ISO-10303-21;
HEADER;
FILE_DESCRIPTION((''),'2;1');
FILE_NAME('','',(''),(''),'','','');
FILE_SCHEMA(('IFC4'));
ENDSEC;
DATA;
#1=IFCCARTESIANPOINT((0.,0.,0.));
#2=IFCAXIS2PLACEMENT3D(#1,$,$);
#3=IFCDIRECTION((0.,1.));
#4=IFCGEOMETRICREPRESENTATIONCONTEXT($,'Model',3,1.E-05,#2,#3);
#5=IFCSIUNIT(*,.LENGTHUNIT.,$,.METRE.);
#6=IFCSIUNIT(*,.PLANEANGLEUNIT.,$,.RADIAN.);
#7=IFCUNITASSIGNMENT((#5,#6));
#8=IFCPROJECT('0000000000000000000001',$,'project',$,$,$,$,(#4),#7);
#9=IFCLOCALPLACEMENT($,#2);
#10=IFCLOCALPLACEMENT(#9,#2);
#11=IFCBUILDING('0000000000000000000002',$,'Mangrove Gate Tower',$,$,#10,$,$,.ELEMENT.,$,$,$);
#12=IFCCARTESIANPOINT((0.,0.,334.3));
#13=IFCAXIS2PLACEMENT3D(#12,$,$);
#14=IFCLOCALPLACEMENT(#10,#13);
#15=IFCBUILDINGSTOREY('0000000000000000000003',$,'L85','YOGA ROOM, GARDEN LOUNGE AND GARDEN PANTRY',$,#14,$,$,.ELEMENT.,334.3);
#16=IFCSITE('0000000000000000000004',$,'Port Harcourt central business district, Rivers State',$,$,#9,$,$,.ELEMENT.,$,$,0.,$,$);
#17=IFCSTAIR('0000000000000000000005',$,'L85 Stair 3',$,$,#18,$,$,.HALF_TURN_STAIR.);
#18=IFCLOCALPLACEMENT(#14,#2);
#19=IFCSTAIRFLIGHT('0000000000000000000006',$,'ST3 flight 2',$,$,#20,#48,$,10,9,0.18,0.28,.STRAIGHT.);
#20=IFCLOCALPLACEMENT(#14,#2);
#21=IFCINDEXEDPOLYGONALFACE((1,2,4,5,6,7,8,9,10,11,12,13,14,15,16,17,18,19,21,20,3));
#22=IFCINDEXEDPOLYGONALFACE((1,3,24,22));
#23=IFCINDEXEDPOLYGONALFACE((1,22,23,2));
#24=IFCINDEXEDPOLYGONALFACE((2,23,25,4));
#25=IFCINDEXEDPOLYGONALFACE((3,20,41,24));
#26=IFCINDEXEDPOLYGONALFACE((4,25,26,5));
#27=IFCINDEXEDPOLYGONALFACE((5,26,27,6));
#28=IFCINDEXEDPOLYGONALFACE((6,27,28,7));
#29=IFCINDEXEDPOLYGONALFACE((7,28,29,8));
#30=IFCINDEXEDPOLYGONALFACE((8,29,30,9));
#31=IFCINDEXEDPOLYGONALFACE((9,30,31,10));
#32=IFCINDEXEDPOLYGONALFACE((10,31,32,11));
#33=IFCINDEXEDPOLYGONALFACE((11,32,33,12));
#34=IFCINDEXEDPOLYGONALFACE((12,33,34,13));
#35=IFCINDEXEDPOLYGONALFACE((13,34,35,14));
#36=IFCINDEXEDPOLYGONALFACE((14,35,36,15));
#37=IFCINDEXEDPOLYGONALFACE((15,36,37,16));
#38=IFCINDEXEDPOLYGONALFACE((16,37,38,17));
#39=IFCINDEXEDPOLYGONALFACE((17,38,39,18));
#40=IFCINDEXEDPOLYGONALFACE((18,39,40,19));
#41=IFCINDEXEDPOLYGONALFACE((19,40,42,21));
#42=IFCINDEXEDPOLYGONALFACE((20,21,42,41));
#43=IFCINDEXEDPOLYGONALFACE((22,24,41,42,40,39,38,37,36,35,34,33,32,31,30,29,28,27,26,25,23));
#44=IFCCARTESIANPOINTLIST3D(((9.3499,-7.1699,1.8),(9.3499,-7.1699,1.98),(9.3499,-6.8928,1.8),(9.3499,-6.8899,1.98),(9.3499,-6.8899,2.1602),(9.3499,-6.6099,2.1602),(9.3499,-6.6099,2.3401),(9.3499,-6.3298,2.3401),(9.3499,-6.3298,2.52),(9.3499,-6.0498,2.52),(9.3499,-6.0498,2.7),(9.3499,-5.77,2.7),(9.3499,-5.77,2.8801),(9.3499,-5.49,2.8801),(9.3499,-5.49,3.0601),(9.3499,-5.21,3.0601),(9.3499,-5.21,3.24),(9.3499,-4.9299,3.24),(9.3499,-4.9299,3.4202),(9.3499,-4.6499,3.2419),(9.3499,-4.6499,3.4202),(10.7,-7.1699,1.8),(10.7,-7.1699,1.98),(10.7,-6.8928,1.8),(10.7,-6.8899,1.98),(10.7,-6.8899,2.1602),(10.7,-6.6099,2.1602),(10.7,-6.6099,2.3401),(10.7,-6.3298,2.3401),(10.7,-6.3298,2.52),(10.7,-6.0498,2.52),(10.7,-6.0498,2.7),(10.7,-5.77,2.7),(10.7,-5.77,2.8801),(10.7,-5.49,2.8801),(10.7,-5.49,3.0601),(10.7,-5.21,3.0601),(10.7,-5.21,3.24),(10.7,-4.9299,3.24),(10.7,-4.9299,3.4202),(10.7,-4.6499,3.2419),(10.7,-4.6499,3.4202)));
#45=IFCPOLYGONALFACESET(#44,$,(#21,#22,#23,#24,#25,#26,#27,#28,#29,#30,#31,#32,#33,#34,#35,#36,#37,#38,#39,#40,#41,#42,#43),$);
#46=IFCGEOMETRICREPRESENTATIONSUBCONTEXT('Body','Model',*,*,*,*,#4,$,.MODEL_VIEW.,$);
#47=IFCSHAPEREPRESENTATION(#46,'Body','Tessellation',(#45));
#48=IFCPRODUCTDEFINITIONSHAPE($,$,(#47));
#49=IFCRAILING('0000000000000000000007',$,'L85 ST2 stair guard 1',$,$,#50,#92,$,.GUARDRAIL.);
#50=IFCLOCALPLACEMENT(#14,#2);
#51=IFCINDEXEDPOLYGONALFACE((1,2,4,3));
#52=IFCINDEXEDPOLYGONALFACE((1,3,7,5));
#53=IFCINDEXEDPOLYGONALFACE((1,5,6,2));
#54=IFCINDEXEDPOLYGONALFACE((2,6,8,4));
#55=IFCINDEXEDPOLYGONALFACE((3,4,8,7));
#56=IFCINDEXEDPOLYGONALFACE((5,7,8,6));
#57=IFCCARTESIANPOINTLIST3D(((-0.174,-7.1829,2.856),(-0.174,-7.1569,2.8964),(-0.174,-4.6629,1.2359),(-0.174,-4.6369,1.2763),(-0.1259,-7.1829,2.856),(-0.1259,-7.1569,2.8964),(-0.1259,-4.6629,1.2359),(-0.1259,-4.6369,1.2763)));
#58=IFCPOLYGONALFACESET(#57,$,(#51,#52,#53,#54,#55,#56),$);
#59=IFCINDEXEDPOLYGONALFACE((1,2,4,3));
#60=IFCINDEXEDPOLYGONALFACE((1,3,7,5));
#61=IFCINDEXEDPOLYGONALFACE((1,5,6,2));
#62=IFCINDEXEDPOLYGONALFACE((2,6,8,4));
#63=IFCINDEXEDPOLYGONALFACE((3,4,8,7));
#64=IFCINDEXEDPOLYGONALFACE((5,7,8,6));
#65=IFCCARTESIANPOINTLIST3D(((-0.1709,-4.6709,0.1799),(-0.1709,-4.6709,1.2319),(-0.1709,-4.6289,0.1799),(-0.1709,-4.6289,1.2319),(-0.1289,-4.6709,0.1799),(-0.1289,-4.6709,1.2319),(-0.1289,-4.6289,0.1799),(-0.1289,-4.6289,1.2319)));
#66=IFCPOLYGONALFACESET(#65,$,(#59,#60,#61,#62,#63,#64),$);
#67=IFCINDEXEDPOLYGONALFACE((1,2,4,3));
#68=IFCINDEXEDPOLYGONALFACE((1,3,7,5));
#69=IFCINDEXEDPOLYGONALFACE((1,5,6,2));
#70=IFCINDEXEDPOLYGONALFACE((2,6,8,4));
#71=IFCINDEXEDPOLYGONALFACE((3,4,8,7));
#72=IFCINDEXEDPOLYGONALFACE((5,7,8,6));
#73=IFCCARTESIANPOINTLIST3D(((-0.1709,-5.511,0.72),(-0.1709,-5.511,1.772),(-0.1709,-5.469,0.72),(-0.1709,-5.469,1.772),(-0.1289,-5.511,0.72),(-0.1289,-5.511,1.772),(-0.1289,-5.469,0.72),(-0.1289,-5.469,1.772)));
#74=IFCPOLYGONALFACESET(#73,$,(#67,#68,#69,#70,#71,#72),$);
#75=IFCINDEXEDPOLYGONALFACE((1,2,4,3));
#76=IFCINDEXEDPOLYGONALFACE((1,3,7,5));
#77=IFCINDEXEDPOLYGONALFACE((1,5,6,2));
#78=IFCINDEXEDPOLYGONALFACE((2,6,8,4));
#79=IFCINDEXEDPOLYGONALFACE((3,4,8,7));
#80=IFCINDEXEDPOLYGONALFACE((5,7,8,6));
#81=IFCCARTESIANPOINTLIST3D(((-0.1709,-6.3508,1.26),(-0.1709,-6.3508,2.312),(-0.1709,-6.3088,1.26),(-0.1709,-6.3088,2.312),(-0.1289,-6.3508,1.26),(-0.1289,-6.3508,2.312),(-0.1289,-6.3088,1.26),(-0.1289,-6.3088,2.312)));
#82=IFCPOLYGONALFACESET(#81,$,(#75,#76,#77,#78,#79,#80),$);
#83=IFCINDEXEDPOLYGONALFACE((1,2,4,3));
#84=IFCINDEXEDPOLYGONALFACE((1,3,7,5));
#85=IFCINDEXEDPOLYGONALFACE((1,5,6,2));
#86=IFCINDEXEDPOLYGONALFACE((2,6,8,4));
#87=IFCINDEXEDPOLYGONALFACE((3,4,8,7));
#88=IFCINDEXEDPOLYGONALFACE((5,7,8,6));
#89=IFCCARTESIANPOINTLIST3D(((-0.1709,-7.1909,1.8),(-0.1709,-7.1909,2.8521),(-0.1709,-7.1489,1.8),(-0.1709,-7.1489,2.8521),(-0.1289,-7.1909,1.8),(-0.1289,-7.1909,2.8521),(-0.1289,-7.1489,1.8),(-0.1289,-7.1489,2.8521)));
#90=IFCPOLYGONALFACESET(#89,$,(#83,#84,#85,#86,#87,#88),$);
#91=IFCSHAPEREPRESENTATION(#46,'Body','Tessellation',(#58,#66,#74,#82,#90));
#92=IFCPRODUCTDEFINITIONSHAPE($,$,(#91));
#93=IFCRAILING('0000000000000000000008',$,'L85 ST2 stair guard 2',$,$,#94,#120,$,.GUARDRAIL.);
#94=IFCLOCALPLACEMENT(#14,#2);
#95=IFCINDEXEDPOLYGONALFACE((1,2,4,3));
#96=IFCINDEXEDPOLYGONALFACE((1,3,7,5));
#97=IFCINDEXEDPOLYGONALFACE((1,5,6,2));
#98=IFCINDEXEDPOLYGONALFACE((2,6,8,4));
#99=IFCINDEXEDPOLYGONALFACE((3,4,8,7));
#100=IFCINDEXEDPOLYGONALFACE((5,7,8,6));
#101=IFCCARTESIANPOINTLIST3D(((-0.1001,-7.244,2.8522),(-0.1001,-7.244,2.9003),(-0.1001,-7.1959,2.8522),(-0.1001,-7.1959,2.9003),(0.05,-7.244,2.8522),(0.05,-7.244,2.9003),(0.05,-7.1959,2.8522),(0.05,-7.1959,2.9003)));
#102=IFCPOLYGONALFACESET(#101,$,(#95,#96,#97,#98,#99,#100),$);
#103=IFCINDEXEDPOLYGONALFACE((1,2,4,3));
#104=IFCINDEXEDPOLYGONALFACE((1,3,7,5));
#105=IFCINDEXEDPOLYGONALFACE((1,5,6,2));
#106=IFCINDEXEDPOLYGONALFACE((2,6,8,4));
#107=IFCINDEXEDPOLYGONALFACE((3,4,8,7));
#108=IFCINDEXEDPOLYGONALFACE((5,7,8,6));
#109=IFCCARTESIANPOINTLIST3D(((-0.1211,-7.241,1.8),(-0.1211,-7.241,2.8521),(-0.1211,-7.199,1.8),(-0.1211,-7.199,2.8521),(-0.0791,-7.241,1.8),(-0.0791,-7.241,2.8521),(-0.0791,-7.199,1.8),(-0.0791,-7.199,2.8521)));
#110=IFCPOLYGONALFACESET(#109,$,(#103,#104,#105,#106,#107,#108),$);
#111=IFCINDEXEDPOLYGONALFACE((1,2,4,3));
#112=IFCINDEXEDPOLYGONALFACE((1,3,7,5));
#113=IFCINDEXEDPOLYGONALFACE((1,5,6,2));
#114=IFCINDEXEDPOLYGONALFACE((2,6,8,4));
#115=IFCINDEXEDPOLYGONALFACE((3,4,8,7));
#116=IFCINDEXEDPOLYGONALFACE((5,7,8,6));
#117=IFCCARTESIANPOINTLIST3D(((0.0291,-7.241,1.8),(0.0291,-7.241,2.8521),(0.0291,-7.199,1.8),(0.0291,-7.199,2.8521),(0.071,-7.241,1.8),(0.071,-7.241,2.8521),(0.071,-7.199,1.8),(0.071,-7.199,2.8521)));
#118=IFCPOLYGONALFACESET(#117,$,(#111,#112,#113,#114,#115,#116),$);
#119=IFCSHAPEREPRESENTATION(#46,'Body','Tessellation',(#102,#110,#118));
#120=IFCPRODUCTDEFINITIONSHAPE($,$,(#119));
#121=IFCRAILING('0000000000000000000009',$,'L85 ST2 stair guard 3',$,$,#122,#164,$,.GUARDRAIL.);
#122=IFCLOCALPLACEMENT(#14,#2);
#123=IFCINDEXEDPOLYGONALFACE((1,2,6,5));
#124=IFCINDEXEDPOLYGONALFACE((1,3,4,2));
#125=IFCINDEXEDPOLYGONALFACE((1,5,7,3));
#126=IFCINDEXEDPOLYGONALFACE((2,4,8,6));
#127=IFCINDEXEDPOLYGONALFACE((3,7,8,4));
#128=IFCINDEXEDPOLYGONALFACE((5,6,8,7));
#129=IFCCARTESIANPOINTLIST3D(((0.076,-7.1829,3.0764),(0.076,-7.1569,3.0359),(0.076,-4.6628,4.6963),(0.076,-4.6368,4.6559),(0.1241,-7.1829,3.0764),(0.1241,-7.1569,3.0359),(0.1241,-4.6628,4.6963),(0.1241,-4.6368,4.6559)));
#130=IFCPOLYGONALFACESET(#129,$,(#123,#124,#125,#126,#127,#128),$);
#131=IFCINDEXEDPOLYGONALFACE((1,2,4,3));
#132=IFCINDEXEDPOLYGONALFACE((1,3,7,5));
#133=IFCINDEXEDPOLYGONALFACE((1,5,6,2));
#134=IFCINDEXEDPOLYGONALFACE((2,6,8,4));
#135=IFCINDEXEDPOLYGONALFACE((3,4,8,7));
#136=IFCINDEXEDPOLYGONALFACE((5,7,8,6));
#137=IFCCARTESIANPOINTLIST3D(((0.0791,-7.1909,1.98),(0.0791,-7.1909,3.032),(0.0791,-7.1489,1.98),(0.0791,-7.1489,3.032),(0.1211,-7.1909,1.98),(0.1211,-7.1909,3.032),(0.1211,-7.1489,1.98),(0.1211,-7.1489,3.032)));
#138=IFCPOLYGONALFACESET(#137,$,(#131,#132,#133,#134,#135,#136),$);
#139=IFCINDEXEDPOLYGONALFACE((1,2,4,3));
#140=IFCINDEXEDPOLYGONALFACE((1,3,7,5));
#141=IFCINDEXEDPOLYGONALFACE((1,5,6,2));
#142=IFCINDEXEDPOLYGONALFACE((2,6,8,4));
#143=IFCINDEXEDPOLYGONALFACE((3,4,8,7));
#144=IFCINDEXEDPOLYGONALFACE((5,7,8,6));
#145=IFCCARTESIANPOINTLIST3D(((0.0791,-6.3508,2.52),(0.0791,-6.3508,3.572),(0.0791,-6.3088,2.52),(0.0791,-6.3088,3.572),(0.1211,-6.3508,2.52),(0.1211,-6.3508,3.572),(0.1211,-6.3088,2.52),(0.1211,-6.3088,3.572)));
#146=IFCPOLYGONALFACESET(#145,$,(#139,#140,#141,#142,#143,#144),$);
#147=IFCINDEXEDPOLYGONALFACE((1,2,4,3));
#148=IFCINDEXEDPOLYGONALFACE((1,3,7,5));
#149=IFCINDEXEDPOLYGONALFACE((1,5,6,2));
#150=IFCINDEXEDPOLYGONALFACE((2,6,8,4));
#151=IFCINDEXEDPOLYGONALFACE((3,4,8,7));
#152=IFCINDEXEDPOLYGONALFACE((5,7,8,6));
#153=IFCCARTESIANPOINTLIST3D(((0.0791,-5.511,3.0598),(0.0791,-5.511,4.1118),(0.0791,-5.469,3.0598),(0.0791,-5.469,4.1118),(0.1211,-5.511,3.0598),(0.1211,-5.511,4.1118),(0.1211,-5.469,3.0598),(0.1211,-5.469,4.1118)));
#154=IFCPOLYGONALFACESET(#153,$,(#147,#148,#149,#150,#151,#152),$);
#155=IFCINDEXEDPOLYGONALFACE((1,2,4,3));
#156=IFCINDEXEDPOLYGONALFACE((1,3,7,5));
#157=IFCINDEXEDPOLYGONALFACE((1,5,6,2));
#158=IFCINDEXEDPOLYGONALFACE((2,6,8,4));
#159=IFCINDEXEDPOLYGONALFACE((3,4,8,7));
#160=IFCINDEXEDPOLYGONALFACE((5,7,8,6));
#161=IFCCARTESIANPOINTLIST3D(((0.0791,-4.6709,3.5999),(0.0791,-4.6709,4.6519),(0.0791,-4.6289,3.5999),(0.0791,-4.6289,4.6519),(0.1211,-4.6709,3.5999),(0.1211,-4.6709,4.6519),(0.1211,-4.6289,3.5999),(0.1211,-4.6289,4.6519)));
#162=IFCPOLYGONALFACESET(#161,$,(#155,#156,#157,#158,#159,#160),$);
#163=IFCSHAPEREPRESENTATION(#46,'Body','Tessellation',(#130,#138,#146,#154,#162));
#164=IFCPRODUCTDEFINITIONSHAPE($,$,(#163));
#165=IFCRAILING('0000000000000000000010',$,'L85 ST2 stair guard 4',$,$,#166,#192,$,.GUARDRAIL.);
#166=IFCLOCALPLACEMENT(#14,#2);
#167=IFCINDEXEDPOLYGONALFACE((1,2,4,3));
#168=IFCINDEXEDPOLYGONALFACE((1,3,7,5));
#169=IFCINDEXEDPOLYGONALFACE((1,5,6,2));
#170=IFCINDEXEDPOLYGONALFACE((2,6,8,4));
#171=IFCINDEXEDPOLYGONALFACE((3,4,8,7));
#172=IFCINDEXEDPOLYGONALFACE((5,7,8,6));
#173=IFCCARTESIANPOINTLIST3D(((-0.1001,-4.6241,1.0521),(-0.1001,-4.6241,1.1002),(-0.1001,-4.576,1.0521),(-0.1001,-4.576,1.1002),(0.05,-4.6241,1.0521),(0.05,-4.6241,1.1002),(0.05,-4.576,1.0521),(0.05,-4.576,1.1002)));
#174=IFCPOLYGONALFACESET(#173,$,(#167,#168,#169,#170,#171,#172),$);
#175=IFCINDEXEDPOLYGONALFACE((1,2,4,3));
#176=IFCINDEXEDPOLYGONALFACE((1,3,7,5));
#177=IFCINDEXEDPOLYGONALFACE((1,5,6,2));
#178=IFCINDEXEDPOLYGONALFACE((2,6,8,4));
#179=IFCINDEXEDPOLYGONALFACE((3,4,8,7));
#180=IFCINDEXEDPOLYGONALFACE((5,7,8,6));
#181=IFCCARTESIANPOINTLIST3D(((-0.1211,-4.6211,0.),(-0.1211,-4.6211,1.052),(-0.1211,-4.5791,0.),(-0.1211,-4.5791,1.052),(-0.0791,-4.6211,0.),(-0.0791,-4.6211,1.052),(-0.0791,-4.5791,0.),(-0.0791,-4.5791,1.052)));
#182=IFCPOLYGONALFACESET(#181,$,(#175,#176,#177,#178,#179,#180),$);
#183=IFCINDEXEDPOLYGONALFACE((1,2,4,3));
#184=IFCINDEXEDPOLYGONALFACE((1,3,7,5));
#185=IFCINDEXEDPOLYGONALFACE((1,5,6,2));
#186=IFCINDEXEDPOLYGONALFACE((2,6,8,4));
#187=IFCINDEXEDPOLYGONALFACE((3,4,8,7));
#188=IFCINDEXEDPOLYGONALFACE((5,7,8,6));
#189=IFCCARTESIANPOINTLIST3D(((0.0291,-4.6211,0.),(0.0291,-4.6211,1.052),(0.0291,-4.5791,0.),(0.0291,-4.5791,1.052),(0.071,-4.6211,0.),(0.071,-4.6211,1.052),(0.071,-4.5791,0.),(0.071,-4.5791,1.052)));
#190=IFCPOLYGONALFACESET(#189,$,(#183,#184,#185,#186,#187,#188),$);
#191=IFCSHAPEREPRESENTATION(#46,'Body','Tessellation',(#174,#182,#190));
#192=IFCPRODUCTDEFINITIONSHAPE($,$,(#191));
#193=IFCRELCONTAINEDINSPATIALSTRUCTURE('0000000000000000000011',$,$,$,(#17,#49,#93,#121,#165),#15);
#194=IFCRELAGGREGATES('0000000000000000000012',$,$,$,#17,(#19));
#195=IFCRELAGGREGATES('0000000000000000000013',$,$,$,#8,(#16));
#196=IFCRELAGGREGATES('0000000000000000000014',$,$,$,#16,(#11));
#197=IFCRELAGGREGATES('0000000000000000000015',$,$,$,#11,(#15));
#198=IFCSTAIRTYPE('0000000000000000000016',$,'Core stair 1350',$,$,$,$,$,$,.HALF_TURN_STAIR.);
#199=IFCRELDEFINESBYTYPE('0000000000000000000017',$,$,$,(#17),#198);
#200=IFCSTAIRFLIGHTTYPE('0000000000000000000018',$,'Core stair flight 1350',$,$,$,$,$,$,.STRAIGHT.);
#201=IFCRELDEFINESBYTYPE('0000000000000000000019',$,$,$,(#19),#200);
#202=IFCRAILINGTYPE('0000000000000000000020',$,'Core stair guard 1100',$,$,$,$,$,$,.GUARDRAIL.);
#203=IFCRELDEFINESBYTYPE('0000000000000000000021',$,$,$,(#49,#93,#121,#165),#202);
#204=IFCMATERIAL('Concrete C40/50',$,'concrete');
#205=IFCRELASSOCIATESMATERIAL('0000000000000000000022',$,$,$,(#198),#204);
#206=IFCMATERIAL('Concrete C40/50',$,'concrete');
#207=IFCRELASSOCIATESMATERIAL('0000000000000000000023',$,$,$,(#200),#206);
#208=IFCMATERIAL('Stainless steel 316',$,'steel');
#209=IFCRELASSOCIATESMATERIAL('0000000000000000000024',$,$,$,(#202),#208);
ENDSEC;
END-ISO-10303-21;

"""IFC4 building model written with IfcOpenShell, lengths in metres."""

from ifc_helpers import new_model, si_unit, direction, frame, origin, origin_2d, place, context, subcontext, project, spatial, polyline, rectangle, outline, extrude, material, type_object, element, aggregate, save


model = new_model("IFC4")

# Units and contexts
model_context = context("Model", 3, precision=1e-05, world=origin(), true_north=direction((0.0, 1.0)))
body_context = subcontext(model_context, "Body", "Model", "MODEL_VIEW")
ifc_project = project(units=[si_unit("LENGTHUNIT", "METRE"), si_unit("PLANEANGLEUNIT", "RADIAN")], contexts=[model_context])

# Site, building, storey
site_placement = place(None, origin())
site = spatial("IfcSite", under=ifc_project, at=site_placement, Name="Port Harcourt central business district, Rivers State", CompositionType="ELEMENT", RefElevation=0.0)
building_placement = place(site_placement, origin())
building = spatial("IfcBuilding", under=site, at=building_placement, Name="Mangrove Gate Tower", CompositionType="ELEMENT")
storey_placement = place(building_placement, frame((0.0, 0.0, 334.3)))
storey = spatial("IfcBuildingStorey", under=building, at=storey_placement, Name="L85", Description="YOGA ROOM, GARDEN LOUNGE AND GARDEN PANTRY", CompositionType="ELEMENT", Elevation=334.3)

# Stair, stair flight
ifc_material_1 = material(Name="Concrete C40/50", Category="concrete")
stair_type = type_object("IfcStairType", Name="Core stair 1350", PredefinedType="HALF_TURN_STAIR", material=ifc_material_1)
ifc_material_2 = material(Name="Concrete C40/50", Category="concrete")
stair_flight_type = type_object("IfcStairFlightType", Name="Core stair flight 1350", PredefinedType="STRAIGHT", material=ifc_material_2)
stair_1_placement = place(storey_placement, origin())
stair_1 = element("IfcStair", 1, at=stair_1_placement, inside=storey, type_object=stair_type, Name="L85 Stair 3", PredefinedType="HALF_TURN_STAIR")
stair_flight_1_placement = place(storey_placement, frame((10.0249, -7.1699, 1.8), z_axis=(0.0, 0.0, 1.0), x_axis=(0.0, 1.0, 0.0)))
stair_flight_1 = element("IfcStairFlight", 2, at=stair_flight_1_placement, type_object=stair_flight_type, Name="ST3 flight 2", NumberOfRisers=10, NumberOfTreads=9, PredefinedType="STRAIGHT", RiserHeight=0.18, TreadLength=0.28, context=body_context, shape_type="SweptSolid", body=[
    extrude(outline(polyline([(0.0, 0.0), (0.0, 0.1799), (0.28, 0.1799), (0.28, 0.3601), (0.5601, 0.3601), (0.5601, 0.54), (0.8401, 0.54), (0.8401, 0.72), (1.1201, 0.72), (1.1201, 0.8999), (1.3999, 0.8999), (1.3999, 1.0801), (1.6799, 1.0801), (1.6799, 1.26), (1.96, 1.26), (1.96, 1.4399), (2.24, 1.4399), (2.24, 1.6201), (2.52, 1.6201), (2.52, 1.8), (2.52, 1.4419), (0.2771, 0.0), (0.0, 0.0)])), frame((0.0, 0.675, 0.0), z_axis=(0.0, -1.0, 0.0), x_axis=(1.0, 0.0, 0.0)), (0.0, 0.0, 1.0), 1.3501),
])
aggregate(stair_1, [stair_flight_1])

# Railings
ifc_material_3 = material(Name="Stainless steel 316", Category="steel")
railing_type_1 = type_object("IfcRailingType", Name="Core stair guard 1100", PredefinedType="GUARDRAIL", material=ifc_material_3)
railing_1_placement = place(storey_placement, frame((-0.1499, -4.6499, 0.1799)))
element("IfcRailing", 3, at=railing_1_placement, inside=storey, type_object=railing_type_1, Name="L85 ST2 stair guard 1", PredefinedType="GUARDRAIL", context=body_context, shape_type="SweptSolid", body=[
    extrude(rectangle(XDim=0.0481, YDim=0.0481, at=origin_2d()), frame((0.0, 0.0, 1.0762), z_axis=(0.0, -0.841163, 0.540782), x_axis=(1.0, 0.0, 0.0)), (0.0, 0.0, 1.0), 2.9958),
    extrude(rectangle(XDim=0.042, YDim=0.042, at=origin_2d()), origin(), (0.0, 0.0, 1.0), 1.052),
    extrude(rectangle(XDim=0.042, YDim=0.042, at=origin_2d()), frame((0.0, -0.8401, 0.54)), (0.0, 0.0, 1.0), 1.052),
    extrude(rectangle(XDim=0.042, YDim=0.042, at=origin_2d()), frame((0.0, -1.6799, 1.0801)), (0.0, 0.0, 1.0), 1.052),
    extrude(rectangle(XDim=0.042, YDim=0.042, at=origin_2d()), frame((0.0, -2.52, 1.6201)), (0.0, 0.0, 1.0), 1.052),
])
railing_2_placement = place(storey_placement, frame((-0.1001, -7.22, 1.8)))
element("IfcRailing", 4, at=railing_2_placement, inside=storey, type_object=railing_type_1, Name="L85 ST2 stair guard 2", PredefinedType="GUARDRAIL", context=body_context, shape_type="SweptSolid", body=[
    extrude(rectangle(XDim=0.0481, YDim=0.0481, at=origin_2d()), frame((0.0, 0.0, 1.0762), z_axis=(1.0, 0.0, 0.0), x_axis=(0.0, 1.0, 0.0)), (0.0, 0.0, 1.0), 0.1501),
    extrude(rectangle(XDim=0.042, YDim=0.042, at=origin_2d()), origin(), (0.0, 0.0, 1.0), 1.052),
    extrude(rectangle(XDim=0.042, YDim=0.042, at=origin_2d()), frame((0.1501, 0.0, 0.0)), (0.0, 0.0, 1.0), 1.052),
])
railing_3_placement = place(storey_placement, frame((0.1001, -7.1699, 1.98)))
element("IfcRailing", 5, at=railing_3_placement, inside=storey, type_object=railing_type_1, Name="L85 ST2 stair guard 3", PredefinedType="GUARDRAIL", context=body_context, shape_type="SweptSolid", body=[
    extrude(rectangle(XDim=0.0481, YDim=0.0481, at=origin_2d()), frame((0.0, 0.0, 1.0762), z_axis=(0.0, 0.8412, 0.540725), x_axis=(-1.0, 0.0, 0.0)), (0.0, 0.0, 1.0), 2.9958),
    extrude(rectangle(XDim=0.042, YDim=0.042, at=origin_2d()), origin(), (0.0, 0.0, 1.0), 1.052),
    extrude(rectangle(XDim=0.042, YDim=0.042, at=origin_2d()), frame((0.0, 0.8401, 0.54)), (0.0, 0.0, 1.0), 1.052),
    extrude(rectangle(XDim=0.042, YDim=0.042, at=origin_2d()), frame((0.0, 1.6799, 1.0798)), (0.0, 0.0, 1.0), 1.052),
    extrude(rectangle(XDim=0.042, YDim=0.042, at=origin_2d()), frame((0.0, 2.52, 1.6199)), (0.0, 0.0, 1.0), 1.052),
])
railing_4_placement = place(storey_placement, frame((-0.1001, -4.6001, 0.0)))
element("IfcRailing", 6, at=railing_4_placement, inside=storey, type_object=railing_type_1, Name="L85 ST2 stair guard 4", PredefinedType="GUARDRAIL", context=body_context, shape_type="SweptSolid", body=[
    extrude(rectangle(XDim=0.0481, YDim=0.0481, at=origin_2d()), frame((0.0, 0.0, 1.0762), z_axis=(1.0, 0.0, 0.0), x_axis=(0.0, 1.0, 0.0)), (0.0, 0.0, 1.0), 0.1501),
    extrude(rectangle(XDim=0.042, YDim=0.042, at=origin_2d()), origin(), (0.0, 0.0, 1.0), 1.052),
    extrude(rectangle(XDim=0.042, YDim=0.042, at=origin_2d()), frame((0.1501, 0.0, 0.0)), (0.0, 0.0, 1.0), 1.052),
])

save(model, "model.ifc")
